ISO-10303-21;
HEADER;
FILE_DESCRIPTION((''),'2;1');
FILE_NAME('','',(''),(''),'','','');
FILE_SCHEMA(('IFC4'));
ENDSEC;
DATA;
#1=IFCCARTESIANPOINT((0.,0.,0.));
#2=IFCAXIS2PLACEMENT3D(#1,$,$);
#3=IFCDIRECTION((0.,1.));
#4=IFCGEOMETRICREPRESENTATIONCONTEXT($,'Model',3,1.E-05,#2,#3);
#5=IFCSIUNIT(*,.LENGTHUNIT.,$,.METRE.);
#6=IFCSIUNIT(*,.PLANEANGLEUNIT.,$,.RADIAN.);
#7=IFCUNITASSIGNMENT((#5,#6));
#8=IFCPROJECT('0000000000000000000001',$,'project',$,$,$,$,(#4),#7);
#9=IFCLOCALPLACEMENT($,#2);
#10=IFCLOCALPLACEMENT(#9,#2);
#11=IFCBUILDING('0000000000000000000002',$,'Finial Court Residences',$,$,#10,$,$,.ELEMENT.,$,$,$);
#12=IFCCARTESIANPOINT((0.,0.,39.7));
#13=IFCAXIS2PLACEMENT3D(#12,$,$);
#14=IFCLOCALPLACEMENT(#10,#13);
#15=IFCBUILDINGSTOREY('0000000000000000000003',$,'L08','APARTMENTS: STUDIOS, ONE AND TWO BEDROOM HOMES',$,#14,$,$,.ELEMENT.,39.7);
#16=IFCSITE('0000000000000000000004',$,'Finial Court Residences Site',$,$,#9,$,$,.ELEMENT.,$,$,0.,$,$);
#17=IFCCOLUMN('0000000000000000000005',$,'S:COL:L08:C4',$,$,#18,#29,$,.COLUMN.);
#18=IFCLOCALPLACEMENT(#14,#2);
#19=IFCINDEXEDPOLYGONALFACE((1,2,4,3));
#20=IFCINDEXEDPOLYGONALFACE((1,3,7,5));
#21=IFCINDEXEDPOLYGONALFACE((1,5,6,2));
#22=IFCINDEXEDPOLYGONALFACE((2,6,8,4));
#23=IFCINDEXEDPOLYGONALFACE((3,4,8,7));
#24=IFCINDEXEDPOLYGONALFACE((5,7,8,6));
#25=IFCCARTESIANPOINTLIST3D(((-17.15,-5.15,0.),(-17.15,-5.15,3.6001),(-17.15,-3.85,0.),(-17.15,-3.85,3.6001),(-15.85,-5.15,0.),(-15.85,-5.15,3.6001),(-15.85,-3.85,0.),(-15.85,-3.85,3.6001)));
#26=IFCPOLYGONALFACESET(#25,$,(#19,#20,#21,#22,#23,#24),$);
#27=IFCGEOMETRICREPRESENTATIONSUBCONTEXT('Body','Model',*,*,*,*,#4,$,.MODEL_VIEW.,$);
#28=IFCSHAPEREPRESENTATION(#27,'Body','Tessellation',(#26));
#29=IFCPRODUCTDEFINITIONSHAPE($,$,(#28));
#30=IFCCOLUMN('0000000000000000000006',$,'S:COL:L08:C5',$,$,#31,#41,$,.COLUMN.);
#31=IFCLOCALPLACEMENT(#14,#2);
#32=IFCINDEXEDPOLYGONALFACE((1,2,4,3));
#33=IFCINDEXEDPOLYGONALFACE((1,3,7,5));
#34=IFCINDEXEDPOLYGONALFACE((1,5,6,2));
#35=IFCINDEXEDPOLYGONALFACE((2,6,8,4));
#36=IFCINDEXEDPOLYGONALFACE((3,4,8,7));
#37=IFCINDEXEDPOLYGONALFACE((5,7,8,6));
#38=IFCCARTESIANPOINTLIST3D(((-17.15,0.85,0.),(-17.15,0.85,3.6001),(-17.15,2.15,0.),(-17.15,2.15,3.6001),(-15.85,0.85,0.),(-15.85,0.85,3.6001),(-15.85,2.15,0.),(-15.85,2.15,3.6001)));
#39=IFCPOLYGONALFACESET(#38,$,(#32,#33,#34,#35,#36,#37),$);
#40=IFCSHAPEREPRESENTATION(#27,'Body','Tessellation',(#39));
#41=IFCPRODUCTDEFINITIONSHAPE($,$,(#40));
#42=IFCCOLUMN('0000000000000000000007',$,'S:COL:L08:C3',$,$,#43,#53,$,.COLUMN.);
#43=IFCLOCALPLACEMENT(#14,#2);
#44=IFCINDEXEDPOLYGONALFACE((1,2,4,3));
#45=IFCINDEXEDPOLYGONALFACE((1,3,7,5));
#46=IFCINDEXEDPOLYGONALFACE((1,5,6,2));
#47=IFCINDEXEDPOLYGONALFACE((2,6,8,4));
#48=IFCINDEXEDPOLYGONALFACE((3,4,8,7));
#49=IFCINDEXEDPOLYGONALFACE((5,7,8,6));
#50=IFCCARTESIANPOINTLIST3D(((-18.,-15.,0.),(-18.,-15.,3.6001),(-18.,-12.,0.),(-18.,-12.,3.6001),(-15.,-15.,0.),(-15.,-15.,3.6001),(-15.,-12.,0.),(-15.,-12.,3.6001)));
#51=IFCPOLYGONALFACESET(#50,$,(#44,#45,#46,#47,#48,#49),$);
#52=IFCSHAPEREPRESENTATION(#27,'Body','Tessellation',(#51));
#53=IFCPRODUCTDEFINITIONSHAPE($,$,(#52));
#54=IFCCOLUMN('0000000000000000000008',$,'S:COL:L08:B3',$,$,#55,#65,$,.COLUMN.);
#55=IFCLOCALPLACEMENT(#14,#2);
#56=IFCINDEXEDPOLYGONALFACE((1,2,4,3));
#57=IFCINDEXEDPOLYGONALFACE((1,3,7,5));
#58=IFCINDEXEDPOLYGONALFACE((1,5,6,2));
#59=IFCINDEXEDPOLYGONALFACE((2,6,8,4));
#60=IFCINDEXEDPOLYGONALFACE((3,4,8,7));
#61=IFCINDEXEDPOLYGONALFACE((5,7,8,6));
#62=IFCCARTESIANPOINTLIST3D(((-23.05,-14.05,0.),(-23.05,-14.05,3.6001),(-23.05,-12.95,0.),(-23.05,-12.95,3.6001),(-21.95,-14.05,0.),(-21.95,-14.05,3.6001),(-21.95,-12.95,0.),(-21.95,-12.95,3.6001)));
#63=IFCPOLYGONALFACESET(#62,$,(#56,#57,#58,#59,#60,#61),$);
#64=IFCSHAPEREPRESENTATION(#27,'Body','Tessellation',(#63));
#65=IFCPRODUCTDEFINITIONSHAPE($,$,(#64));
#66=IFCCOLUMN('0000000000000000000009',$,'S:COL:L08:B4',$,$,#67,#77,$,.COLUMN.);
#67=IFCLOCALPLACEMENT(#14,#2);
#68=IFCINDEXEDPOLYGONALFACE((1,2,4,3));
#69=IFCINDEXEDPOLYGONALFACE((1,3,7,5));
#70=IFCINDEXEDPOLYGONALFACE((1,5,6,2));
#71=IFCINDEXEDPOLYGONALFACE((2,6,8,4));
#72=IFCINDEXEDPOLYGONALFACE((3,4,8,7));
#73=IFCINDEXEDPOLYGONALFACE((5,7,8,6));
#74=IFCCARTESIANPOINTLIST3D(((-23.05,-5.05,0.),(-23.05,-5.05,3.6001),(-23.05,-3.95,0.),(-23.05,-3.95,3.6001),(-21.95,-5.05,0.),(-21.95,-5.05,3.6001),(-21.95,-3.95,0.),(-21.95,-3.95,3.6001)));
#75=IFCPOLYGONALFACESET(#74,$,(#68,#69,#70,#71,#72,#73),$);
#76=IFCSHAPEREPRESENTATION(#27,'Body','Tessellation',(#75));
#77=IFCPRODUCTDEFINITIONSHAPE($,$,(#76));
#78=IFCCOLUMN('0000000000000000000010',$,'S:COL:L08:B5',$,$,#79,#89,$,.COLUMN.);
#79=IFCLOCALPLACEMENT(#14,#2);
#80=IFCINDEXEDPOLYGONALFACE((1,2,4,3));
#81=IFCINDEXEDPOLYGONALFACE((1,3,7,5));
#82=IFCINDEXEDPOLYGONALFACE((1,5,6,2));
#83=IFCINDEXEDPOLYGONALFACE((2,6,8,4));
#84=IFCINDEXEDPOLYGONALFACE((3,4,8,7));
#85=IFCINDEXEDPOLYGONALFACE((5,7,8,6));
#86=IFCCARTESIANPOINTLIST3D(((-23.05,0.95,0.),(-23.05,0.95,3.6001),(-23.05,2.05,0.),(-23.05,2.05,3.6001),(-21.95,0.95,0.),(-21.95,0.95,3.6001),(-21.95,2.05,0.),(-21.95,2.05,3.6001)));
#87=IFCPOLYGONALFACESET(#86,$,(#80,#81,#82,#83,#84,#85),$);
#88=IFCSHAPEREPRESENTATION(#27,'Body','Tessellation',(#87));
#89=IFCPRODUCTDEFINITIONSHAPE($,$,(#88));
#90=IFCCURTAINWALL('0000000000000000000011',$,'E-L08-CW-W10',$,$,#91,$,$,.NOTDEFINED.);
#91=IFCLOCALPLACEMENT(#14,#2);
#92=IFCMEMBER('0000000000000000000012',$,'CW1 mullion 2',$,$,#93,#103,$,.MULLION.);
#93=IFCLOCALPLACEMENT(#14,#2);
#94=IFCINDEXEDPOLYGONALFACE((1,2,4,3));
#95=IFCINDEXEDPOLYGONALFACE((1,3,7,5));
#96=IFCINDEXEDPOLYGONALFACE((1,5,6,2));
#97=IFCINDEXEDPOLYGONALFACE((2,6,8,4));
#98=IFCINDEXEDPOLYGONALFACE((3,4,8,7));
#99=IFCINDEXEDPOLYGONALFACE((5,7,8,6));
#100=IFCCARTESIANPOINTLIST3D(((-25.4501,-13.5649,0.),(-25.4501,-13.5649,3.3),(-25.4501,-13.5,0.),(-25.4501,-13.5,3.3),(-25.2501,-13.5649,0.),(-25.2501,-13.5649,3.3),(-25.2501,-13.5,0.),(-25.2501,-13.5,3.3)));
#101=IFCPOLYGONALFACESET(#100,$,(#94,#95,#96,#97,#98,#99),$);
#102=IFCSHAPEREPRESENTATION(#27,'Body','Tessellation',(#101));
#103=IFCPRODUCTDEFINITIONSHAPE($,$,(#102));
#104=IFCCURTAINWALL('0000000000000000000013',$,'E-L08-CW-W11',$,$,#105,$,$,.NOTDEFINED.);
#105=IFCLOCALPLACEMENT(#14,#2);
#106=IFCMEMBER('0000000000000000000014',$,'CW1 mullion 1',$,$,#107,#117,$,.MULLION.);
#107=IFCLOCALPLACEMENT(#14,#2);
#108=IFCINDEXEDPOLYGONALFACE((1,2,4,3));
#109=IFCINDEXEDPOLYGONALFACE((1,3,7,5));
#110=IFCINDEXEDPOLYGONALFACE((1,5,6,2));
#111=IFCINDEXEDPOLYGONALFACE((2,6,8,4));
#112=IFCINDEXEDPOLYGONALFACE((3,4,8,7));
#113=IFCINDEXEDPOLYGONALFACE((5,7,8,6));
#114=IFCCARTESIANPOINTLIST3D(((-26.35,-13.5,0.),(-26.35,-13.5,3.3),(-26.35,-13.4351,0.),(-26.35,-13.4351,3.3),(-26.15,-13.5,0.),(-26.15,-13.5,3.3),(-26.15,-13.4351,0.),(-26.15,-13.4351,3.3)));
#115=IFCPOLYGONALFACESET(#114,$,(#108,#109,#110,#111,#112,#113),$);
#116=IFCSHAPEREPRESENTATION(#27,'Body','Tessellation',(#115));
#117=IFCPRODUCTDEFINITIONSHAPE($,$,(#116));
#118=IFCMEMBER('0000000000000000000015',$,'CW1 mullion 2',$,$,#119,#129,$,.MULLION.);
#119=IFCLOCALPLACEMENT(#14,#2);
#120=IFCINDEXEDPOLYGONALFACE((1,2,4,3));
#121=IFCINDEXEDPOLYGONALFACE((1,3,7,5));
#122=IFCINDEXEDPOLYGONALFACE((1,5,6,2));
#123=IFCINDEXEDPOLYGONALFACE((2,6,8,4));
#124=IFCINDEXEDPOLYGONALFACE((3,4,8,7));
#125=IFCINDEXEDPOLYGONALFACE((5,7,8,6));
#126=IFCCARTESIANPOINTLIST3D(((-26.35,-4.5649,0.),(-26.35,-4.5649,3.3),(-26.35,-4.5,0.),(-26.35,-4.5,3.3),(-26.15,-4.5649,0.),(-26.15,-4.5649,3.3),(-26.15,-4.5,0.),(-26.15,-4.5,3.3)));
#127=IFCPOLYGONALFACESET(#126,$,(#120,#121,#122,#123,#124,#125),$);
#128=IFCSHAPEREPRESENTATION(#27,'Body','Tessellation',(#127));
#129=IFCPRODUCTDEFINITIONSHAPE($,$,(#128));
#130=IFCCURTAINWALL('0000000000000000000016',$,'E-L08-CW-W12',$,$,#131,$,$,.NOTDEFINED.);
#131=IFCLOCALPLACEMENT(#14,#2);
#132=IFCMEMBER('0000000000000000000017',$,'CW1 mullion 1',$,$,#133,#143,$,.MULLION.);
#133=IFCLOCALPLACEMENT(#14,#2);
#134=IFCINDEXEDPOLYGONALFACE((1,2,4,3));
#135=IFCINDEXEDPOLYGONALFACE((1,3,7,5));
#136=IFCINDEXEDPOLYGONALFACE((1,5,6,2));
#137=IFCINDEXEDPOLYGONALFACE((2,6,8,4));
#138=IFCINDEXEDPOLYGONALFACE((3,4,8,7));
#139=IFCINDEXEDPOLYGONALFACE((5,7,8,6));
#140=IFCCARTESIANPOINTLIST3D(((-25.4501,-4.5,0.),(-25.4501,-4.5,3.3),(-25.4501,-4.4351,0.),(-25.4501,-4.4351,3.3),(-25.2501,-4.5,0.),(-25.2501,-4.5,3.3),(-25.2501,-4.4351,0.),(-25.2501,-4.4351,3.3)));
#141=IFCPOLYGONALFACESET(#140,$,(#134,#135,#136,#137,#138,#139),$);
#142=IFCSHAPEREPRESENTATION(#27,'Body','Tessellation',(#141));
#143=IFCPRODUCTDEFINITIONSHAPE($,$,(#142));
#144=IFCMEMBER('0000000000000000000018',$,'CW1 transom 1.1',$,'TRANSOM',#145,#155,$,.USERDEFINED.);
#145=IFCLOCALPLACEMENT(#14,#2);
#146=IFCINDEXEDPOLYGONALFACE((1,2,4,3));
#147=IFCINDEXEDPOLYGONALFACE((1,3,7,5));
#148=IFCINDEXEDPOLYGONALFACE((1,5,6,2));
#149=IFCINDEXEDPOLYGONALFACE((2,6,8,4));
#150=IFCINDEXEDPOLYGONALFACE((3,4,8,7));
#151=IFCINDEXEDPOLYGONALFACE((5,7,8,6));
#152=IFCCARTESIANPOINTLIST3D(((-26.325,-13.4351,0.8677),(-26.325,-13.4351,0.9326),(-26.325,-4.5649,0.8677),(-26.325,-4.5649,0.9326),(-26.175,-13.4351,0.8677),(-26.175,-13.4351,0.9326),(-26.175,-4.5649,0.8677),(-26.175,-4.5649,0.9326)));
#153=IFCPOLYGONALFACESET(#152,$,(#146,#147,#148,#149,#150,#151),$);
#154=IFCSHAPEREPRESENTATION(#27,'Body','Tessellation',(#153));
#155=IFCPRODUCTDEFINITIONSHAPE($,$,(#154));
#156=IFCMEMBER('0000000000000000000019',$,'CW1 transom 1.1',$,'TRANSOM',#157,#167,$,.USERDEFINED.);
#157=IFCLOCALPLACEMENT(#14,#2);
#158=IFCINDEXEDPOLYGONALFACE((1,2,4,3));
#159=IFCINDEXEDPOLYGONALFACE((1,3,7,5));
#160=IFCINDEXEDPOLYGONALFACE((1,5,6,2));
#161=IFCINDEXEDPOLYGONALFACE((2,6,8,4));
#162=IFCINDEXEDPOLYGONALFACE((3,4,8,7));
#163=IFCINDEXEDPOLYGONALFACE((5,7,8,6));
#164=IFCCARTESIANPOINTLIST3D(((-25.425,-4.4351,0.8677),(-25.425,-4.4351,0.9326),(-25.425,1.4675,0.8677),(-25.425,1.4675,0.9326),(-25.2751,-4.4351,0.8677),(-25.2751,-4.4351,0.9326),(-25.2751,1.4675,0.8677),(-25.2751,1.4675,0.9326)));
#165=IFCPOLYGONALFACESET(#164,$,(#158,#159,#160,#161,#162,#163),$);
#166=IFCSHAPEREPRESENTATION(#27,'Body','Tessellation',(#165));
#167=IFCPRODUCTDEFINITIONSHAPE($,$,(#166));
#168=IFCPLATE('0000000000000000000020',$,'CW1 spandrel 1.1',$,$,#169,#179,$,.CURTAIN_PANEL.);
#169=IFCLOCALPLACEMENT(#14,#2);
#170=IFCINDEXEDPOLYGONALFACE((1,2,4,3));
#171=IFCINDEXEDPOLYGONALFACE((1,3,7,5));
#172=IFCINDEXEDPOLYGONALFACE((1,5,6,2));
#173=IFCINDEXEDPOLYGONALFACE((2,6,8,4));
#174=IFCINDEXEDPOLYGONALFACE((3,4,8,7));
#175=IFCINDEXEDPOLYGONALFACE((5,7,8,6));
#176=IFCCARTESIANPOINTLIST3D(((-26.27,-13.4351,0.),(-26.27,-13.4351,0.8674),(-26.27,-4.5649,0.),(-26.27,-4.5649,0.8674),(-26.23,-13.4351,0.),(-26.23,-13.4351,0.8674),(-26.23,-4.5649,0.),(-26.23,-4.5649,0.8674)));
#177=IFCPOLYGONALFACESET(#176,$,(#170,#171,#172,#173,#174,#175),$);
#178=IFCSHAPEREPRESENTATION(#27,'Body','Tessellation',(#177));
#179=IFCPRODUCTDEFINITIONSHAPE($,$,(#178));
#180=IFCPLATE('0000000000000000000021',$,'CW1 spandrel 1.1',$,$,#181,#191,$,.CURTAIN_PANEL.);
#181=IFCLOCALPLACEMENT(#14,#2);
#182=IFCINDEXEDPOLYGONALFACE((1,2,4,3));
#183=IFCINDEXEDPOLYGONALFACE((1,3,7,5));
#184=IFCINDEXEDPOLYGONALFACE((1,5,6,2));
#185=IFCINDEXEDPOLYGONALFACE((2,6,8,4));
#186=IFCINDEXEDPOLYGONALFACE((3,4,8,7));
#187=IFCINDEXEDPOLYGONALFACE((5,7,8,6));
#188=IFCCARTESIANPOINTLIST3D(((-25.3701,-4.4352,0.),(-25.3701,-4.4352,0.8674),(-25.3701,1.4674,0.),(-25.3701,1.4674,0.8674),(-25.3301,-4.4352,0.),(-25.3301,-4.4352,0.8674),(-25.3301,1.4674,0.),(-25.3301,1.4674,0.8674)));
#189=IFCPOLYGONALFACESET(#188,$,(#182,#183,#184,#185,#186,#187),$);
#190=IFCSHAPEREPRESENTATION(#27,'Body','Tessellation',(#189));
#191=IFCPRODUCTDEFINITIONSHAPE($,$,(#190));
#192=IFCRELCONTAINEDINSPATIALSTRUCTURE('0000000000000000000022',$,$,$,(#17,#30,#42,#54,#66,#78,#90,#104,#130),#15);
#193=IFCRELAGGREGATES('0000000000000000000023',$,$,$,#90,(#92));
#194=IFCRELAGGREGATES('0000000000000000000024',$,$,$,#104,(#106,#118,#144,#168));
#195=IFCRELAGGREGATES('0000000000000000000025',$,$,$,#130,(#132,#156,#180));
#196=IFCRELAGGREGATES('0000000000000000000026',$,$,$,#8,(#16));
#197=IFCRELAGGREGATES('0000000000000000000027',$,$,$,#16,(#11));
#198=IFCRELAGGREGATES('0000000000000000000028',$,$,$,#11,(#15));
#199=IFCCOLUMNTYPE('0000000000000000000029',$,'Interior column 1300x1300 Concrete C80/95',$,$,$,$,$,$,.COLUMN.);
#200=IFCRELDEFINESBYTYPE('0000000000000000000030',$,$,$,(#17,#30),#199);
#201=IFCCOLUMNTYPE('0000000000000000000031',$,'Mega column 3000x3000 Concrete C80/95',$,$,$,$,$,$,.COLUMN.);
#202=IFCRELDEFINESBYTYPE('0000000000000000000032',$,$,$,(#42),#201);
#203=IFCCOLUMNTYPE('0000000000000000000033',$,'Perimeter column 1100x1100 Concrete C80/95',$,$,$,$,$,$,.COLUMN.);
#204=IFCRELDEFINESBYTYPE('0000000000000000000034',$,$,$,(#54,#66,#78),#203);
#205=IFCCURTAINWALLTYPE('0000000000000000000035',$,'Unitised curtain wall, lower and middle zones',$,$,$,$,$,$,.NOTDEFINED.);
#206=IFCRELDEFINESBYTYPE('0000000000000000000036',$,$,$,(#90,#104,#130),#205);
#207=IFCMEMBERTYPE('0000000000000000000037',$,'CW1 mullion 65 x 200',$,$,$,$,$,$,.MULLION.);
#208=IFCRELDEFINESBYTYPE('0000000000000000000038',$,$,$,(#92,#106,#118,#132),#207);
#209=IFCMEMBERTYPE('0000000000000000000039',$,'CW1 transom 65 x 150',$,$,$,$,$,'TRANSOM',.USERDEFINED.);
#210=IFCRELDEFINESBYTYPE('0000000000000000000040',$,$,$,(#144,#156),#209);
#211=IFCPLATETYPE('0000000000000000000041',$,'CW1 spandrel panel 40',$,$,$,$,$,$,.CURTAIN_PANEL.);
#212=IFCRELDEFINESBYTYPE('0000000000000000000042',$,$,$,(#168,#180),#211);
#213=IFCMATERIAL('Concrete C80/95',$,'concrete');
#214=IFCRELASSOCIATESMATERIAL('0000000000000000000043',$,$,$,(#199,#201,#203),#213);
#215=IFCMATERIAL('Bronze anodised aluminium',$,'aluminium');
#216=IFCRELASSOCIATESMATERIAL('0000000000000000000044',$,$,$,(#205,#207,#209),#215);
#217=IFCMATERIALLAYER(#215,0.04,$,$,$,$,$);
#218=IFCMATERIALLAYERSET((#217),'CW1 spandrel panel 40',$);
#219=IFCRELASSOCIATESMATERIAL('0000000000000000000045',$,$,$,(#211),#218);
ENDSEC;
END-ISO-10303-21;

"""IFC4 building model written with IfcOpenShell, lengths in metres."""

from ifc_helpers import new_model, si_unit, direction, frame, origin, origin_2d, place, context, subcontext, project, spatial, rectangle, extrude, material, layer, layer_set, material_profile, profile_set, type_object, element, aggregate, save


model = new_model("IFC4")

# Units and contexts
model_context = context("Model", 3, precision=1e-05, world=origin(), true_north=direction((0.0, 1.0)))
body_context = subcontext(model_context, "Body", "Model", "MODEL_VIEW")
ifc_project = project(units=[si_unit("LENGTHUNIT", "METRE"), si_unit("PLANEANGLEUNIT", "RADIAN")], contexts=[model_context])

# Site, building, storey
site_placement = place(None, origin())
site = spatial("IfcSite", under=ifc_project, at=site_placement, Name="Finial Court Residences Site", CompositionType="ELEMENT", RefElevation=0.0)
building_placement = place(site_placement, origin())
building = spatial("IfcBuilding", under=site, at=building_placement, Name="Finial Court Residences", CompositionType="ELEMENT")
storey_placement = place(building_placement, frame((0.0, 0.0, 39.7)))
storey = spatial("IfcBuildingStorey", under=building, at=storey_placement, Name="L08", Description="APARTMENTS: STUDIOS, ONE AND TWO BEDROOM HOMES", CompositionType="ELEMENT", Elevation=39.7)

# Columns
ifc_material_1 = material(Name="Concrete C80/95", Category="concrete")
ifc_material_profile_1 = material_profile(ifc_material_1, rectangle(XDim=1.3, YDim=1.3, at=origin_2d()), Name="1300x1300")
ifc_profile_set_1 = profile_set([ifc_material_profile_1], Name="Concrete C80/95")
column_type_1 = type_object("IfcColumnType", Name="Interior column 1300x1300 Concrete C80/95", PredefinedType="COLUMN", material=ifc_profile_set_1)
for number, where, z_axis, x_axis, name in (
    (1, (-16.5, -4.5, 0.0), (0.0, 0.0, 1.0), (1.0, 0.0, 0.0), "S:COL:L08:C4"),
    (2, (-16.5, 1.5, 0.0), (0.0, 0.0, 1.0), (1.0, 0.0, 0.0), "S:COL:L08:C5"),
):
    element("IfcColumn", number, at=place(storey_placement, frame(where, z_axis=z_axis, x_axis=x_axis)), inside=storey, type_object=column_type_1, Name=name, PredefinedType="COLUMN", context=body_context, shape_type="SweptSolid", body=[
        extrude(rectangle(XDim=1.3, YDim=1.3, at=origin_2d()), origin(), (0.0, 0.0, 1.0), 3.6001),
    ])
ifc_material_profile_2 = material_profile(ifc_material_1, rectangle(XDim=3.0, YDim=3.0, at=origin_2d()), Name="3000x3000")
ifc_profile_set_2 = profile_set([ifc_material_profile_2], Name="Concrete C80/95")
column_type_2 = type_object("IfcColumnType", Name="Mega column 3000x3000 Concrete C80/95", PredefinedType="COLUMN", material=ifc_profile_set_2)
column_placement = place(storey_placement, frame((-16.5, -13.5, 0.0), z_axis=(0.0, 0.0, 1.0), x_axis=(1.0, 0.0, 0.0)))
element("IfcColumn", 3, at=column_placement, inside=storey, type_object=column_type_2, Name="S:COL:L08:C3", PredefinedType="COLUMN", context=body_context, shape_type="SweptSolid", body=[
    extrude(rectangle(XDim=3.0, YDim=3.0, at=origin_2d()), origin(), (0.0, 0.0, 1.0), 3.6001),
])
ifc_material_profile_3 = material_profile(ifc_material_1, rectangle(XDim=1.1001, YDim=1.1001, at=origin_2d()), Name="1100x1100")
ifc_profile_set_3 = profile_set([ifc_material_profile_3], Name="Concrete C80/95")
column_type_3 = type_object("IfcColumnType", Name="Perimeter column 1100x1100 Concrete C80/95", PredefinedType="COLUMN", material=ifc_profile_set_3)
for number, where, z_axis, x_axis, name in (
    (4, (-22.5, -13.5, 0.0), (0.0, 0.0, 1.0), (1.0, 0.0, 0.0), "S:COL:L08:B3"),
    (5, (-22.5, -4.5, 0.0), (0.0, 0.0, 1.0), (1.0, 0.0, 0.0), "S:COL:L08:B4"),
    (6, (-22.5, 1.5, 0.0), (0.0, 0.0, 1.0), (1.0, 0.0, 0.0), "S:COL:L08:B5"),
):
    element("IfcColumn", number, at=place(storey_placement, frame(where, z_axis=z_axis, x_axis=x_axis)), inside=storey, type_object=column_type_3, Name=name, PredefinedType="COLUMN", context=body_context, shape_type="SweptSolid", body=[
        extrude(rectangle(XDim=1.1001, YDim=1.1001, at=origin_2d()), origin(), (0.0, 0.0, 1.0), 3.6001),
    ])

# Curtain wall, member
ifc_material_2 = material(Name="Bronze anodised aluminium", Category="aluminium")
curtain_wall_type = type_object("IfcCurtainWallType", Name="Unitised curtain wall, lower and middle zones", PredefinedType="NOTDEFINED", material=ifc_material_2)
curtain_wall_1_placement = place(storey_placement, origin())
curtain_wall_1 = element("IfcCurtainWall", 7, at=curtain_wall_1_placement, inside=storey, type_object=curtain_wall_type, Name="E-L08-CW-W10", PredefinedType="NOTDEFINED")
ifc_material_profile_4 = material_profile(ifc_material_2, rectangle(XDim=0.2, YDim=0.0649, at=origin_2d()), Name="CW1 mullion 65 x 200")
ifc_profile_set_4 = profile_set([ifc_material_profile_4], Name="Bronze anodised aluminium")
member_type_1 = type_object("IfcMemberType", Name="CW1 mullion 65 x 200", PredefinedType="MULLION", material=ifc_profile_set_4)
member_1_placement = place(storey_placement, frame((-25.3501, -13.5325, 0.0), z_axis=(0.0, 0.0, 1.0), x_axis=(-1.0, 0.0, 0.0)))
member_1 = element("IfcMember", 8, at=member_1_placement, type_object=member_type_1, Name="CW1 mullion 2", PredefinedType="MULLION", context=body_context, shape_type="SweptSolid", body=[
    extrude(rectangle(XDim=0.2, YDim=0.0649, at=origin_2d()), origin(), (0.0, 0.0, 1.0), 3.3),
])
aggregate(curtain_wall_1, [member_1])

# Curtain wall, members
curtain_wall_2_placement = place(storey_placement, origin())
curtain_wall_2 = element("IfcCurtainWall", 9, at=curtain_wall_2_placement, inside=storey, type_object=curtain_wall_type, Name="E-L08-CW-W11", PredefinedType="NOTDEFINED")
member_2_placement = place(storey_placement, frame((-26.25, -13.4675, 0.0), z_axis=(0.0, 0.0, 1.0), x_axis=(-1.0, 0.0, 0.0)))
member_2 = element("IfcMember", 10, at=member_2_placement, type_object=member_type_1, Name="CW1 mullion 1", PredefinedType="MULLION", context=body_context, shape_type="SweptSolid", body=[
    extrude(rectangle(XDim=0.2, YDim=0.0649, at=origin_2d()), origin(), (0.0, 0.0, 1.0), 3.3),
])
member_3_placement = place(storey_placement, frame((-26.25, -4.5325, 0.0), z_axis=(0.0, 0.0, 1.0), x_axis=(-1.0, 0.0, 0.0)))
member_3 = element("IfcMember", 11, at=member_3_placement, type_object=member_type_1, Name="CW1 mullion 2", PredefinedType="MULLION", context=body_context, shape_type="SweptSolid", body=[
    extrude(rectangle(XDim=0.2, YDim=0.0649, at=origin_2d()), origin(), (0.0, 0.0, 1.0), 3.3),
])

# Curtain wall, member
curtain_wall_3_placement = place(storey_placement, origin())
curtain_wall_3 = element("IfcCurtainWall", 12, at=curtain_wall_3_placement, inside=storey, type_object=curtain_wall_type, Name="E-L08-CW-W12", PredefinedType="NOTDEFINED")
member_4_placement = place(storey_placement, frame((-25.3501, -4.4675, 0.0), z_axis=(0.0, 0.0, 1.0), x_axis=(-1.0, 0.0, 0.0)))
member_4 = element("IfcMember", 13, at=member_4_placement, type_object=member_type_1, Name="CW1 mullion 1", PredefinedType="MULLION", context=body_context, shape_type="SweptSolid", body=[
    extrude(rectangle(XDim=0.2, YDim=0.0649, at=origin_2d()), origin(), (0.0, 0.0, 1.0), 3.3),
])

# Members
ifc_material_profile_5 = material_profile(ifc_material_2, rectangle(XDim=0.1499, YDim=0.0649, at=origin_2d()), Name="CW1 transom 65 x 150")
ifc_profile_set_5 = profile_set([ifc_material_profile_5], Name="Bronze anodised aluminium")
member_type_2 = type_object("IfcMemberType", Name="CW1 transom 65 x 150", ElementType="TRANSOM", PredefinedType="USERDEFINED", material=ifc_profile_set_5)
member_5_placement = place(storey_placement, frame((-26.25, -13.4351, 0.9001), z_axis=(0.0, 1.0, 0.0), x_axis=(-1.0, 0.0, 0.0)))
member_5 = element("IfcMember", 14, at=member_5_placement, type_object=member_type_2, Name="CW1 transom 1.1", ObjectType="TRANSOM", PredefinedType="USERDEFINED", context=body_context, shape_type="SweptSolid", body=[
    extrude(rectangle(XDim=0.1499, YDim=0.0649, at=origin_2d()), origin(), (0.0, 0.0, 1.0), 8.8701),
])
member_6_placement = place(storey_placement, frame((-25.3501, -4.4351, 0.9001), z_axis=(0.0, 1.0, 0.0), x_axis=(-1.0, 0.0, 0.0)))
member_6 = element("IfcMember", 15, at=member_6_placement, type_object=member_type_2, Name="CW1 transom 1.1", ObjectType="TRANSOM", PredefinedType="USERDEFINED", context=body_context, shape_type="SweptSolid", body=[
    extrude(rectangle(XDim=0.1499, YDim=0.0649, at=origin_2d()), origin(), (0.0, 0.0, 1.0), 5.9026),
])

# Plates
ifc_layer_1 = layer(ifc_material_2, 0.04)
ifc_layer_set_1 = layer_set([ifc_layer_1], Name="CW1 spandrel panel 40")
plate_type_1 = type_object("IfcPlateType", Name="CW1 spandrel panel 40", PredefinedType="CURTAIN_PANEL", material=ifc_layer_set_1)
plate_1_placement = place(storey_placement, frame((-26.25, -9.0, 0.0), z_axis=(0.0, 0.0, 1.0), x_axis=(0.0, 1.0, 0.0)))
plate_1 = element("IfcPlate", 16, at=plate_1_placement, type_object=plate_type_1, Name="CW1 spandrel 1.1", PredefinedType="CURTAIN_PANEL", context=body_context, shape_type="SweptSolid", body=[
    extrude(rectangle(XDim=8.8701, YDim=0.04, at=origin_2d()), origin(), (0.0, 0.0, 1.0), 0.8674),
])
plate_2_placement = place(storey_placement, frame((-25.3501, -1.4839, 0.0), z_axis=(0.0, 0.0, 1.0), x_axis=(0.0, 1.0, 0.0)))
plate_2 = element("IfcPlate", 17, at=plate_2_placement, type_object=plate_type_1, Name="CW1 spandrel 1.1", PredefinedType="CURTAIN_PANEL", context=body_context, shape_type="SweptSolid", body=[
    extrude(rectangle(XDim=5.9026, YDim=0.04, at=origin_2d()), origin(), (0.0, 0.0, 1.0), 0.8674),
])
aggregate(curtain_wall_2, [member_2, member_3, member_5, plate_1])
aggregate(curtain_wall_3, [member_4, member_6, plate_2])

save(model, "model.ifc")
